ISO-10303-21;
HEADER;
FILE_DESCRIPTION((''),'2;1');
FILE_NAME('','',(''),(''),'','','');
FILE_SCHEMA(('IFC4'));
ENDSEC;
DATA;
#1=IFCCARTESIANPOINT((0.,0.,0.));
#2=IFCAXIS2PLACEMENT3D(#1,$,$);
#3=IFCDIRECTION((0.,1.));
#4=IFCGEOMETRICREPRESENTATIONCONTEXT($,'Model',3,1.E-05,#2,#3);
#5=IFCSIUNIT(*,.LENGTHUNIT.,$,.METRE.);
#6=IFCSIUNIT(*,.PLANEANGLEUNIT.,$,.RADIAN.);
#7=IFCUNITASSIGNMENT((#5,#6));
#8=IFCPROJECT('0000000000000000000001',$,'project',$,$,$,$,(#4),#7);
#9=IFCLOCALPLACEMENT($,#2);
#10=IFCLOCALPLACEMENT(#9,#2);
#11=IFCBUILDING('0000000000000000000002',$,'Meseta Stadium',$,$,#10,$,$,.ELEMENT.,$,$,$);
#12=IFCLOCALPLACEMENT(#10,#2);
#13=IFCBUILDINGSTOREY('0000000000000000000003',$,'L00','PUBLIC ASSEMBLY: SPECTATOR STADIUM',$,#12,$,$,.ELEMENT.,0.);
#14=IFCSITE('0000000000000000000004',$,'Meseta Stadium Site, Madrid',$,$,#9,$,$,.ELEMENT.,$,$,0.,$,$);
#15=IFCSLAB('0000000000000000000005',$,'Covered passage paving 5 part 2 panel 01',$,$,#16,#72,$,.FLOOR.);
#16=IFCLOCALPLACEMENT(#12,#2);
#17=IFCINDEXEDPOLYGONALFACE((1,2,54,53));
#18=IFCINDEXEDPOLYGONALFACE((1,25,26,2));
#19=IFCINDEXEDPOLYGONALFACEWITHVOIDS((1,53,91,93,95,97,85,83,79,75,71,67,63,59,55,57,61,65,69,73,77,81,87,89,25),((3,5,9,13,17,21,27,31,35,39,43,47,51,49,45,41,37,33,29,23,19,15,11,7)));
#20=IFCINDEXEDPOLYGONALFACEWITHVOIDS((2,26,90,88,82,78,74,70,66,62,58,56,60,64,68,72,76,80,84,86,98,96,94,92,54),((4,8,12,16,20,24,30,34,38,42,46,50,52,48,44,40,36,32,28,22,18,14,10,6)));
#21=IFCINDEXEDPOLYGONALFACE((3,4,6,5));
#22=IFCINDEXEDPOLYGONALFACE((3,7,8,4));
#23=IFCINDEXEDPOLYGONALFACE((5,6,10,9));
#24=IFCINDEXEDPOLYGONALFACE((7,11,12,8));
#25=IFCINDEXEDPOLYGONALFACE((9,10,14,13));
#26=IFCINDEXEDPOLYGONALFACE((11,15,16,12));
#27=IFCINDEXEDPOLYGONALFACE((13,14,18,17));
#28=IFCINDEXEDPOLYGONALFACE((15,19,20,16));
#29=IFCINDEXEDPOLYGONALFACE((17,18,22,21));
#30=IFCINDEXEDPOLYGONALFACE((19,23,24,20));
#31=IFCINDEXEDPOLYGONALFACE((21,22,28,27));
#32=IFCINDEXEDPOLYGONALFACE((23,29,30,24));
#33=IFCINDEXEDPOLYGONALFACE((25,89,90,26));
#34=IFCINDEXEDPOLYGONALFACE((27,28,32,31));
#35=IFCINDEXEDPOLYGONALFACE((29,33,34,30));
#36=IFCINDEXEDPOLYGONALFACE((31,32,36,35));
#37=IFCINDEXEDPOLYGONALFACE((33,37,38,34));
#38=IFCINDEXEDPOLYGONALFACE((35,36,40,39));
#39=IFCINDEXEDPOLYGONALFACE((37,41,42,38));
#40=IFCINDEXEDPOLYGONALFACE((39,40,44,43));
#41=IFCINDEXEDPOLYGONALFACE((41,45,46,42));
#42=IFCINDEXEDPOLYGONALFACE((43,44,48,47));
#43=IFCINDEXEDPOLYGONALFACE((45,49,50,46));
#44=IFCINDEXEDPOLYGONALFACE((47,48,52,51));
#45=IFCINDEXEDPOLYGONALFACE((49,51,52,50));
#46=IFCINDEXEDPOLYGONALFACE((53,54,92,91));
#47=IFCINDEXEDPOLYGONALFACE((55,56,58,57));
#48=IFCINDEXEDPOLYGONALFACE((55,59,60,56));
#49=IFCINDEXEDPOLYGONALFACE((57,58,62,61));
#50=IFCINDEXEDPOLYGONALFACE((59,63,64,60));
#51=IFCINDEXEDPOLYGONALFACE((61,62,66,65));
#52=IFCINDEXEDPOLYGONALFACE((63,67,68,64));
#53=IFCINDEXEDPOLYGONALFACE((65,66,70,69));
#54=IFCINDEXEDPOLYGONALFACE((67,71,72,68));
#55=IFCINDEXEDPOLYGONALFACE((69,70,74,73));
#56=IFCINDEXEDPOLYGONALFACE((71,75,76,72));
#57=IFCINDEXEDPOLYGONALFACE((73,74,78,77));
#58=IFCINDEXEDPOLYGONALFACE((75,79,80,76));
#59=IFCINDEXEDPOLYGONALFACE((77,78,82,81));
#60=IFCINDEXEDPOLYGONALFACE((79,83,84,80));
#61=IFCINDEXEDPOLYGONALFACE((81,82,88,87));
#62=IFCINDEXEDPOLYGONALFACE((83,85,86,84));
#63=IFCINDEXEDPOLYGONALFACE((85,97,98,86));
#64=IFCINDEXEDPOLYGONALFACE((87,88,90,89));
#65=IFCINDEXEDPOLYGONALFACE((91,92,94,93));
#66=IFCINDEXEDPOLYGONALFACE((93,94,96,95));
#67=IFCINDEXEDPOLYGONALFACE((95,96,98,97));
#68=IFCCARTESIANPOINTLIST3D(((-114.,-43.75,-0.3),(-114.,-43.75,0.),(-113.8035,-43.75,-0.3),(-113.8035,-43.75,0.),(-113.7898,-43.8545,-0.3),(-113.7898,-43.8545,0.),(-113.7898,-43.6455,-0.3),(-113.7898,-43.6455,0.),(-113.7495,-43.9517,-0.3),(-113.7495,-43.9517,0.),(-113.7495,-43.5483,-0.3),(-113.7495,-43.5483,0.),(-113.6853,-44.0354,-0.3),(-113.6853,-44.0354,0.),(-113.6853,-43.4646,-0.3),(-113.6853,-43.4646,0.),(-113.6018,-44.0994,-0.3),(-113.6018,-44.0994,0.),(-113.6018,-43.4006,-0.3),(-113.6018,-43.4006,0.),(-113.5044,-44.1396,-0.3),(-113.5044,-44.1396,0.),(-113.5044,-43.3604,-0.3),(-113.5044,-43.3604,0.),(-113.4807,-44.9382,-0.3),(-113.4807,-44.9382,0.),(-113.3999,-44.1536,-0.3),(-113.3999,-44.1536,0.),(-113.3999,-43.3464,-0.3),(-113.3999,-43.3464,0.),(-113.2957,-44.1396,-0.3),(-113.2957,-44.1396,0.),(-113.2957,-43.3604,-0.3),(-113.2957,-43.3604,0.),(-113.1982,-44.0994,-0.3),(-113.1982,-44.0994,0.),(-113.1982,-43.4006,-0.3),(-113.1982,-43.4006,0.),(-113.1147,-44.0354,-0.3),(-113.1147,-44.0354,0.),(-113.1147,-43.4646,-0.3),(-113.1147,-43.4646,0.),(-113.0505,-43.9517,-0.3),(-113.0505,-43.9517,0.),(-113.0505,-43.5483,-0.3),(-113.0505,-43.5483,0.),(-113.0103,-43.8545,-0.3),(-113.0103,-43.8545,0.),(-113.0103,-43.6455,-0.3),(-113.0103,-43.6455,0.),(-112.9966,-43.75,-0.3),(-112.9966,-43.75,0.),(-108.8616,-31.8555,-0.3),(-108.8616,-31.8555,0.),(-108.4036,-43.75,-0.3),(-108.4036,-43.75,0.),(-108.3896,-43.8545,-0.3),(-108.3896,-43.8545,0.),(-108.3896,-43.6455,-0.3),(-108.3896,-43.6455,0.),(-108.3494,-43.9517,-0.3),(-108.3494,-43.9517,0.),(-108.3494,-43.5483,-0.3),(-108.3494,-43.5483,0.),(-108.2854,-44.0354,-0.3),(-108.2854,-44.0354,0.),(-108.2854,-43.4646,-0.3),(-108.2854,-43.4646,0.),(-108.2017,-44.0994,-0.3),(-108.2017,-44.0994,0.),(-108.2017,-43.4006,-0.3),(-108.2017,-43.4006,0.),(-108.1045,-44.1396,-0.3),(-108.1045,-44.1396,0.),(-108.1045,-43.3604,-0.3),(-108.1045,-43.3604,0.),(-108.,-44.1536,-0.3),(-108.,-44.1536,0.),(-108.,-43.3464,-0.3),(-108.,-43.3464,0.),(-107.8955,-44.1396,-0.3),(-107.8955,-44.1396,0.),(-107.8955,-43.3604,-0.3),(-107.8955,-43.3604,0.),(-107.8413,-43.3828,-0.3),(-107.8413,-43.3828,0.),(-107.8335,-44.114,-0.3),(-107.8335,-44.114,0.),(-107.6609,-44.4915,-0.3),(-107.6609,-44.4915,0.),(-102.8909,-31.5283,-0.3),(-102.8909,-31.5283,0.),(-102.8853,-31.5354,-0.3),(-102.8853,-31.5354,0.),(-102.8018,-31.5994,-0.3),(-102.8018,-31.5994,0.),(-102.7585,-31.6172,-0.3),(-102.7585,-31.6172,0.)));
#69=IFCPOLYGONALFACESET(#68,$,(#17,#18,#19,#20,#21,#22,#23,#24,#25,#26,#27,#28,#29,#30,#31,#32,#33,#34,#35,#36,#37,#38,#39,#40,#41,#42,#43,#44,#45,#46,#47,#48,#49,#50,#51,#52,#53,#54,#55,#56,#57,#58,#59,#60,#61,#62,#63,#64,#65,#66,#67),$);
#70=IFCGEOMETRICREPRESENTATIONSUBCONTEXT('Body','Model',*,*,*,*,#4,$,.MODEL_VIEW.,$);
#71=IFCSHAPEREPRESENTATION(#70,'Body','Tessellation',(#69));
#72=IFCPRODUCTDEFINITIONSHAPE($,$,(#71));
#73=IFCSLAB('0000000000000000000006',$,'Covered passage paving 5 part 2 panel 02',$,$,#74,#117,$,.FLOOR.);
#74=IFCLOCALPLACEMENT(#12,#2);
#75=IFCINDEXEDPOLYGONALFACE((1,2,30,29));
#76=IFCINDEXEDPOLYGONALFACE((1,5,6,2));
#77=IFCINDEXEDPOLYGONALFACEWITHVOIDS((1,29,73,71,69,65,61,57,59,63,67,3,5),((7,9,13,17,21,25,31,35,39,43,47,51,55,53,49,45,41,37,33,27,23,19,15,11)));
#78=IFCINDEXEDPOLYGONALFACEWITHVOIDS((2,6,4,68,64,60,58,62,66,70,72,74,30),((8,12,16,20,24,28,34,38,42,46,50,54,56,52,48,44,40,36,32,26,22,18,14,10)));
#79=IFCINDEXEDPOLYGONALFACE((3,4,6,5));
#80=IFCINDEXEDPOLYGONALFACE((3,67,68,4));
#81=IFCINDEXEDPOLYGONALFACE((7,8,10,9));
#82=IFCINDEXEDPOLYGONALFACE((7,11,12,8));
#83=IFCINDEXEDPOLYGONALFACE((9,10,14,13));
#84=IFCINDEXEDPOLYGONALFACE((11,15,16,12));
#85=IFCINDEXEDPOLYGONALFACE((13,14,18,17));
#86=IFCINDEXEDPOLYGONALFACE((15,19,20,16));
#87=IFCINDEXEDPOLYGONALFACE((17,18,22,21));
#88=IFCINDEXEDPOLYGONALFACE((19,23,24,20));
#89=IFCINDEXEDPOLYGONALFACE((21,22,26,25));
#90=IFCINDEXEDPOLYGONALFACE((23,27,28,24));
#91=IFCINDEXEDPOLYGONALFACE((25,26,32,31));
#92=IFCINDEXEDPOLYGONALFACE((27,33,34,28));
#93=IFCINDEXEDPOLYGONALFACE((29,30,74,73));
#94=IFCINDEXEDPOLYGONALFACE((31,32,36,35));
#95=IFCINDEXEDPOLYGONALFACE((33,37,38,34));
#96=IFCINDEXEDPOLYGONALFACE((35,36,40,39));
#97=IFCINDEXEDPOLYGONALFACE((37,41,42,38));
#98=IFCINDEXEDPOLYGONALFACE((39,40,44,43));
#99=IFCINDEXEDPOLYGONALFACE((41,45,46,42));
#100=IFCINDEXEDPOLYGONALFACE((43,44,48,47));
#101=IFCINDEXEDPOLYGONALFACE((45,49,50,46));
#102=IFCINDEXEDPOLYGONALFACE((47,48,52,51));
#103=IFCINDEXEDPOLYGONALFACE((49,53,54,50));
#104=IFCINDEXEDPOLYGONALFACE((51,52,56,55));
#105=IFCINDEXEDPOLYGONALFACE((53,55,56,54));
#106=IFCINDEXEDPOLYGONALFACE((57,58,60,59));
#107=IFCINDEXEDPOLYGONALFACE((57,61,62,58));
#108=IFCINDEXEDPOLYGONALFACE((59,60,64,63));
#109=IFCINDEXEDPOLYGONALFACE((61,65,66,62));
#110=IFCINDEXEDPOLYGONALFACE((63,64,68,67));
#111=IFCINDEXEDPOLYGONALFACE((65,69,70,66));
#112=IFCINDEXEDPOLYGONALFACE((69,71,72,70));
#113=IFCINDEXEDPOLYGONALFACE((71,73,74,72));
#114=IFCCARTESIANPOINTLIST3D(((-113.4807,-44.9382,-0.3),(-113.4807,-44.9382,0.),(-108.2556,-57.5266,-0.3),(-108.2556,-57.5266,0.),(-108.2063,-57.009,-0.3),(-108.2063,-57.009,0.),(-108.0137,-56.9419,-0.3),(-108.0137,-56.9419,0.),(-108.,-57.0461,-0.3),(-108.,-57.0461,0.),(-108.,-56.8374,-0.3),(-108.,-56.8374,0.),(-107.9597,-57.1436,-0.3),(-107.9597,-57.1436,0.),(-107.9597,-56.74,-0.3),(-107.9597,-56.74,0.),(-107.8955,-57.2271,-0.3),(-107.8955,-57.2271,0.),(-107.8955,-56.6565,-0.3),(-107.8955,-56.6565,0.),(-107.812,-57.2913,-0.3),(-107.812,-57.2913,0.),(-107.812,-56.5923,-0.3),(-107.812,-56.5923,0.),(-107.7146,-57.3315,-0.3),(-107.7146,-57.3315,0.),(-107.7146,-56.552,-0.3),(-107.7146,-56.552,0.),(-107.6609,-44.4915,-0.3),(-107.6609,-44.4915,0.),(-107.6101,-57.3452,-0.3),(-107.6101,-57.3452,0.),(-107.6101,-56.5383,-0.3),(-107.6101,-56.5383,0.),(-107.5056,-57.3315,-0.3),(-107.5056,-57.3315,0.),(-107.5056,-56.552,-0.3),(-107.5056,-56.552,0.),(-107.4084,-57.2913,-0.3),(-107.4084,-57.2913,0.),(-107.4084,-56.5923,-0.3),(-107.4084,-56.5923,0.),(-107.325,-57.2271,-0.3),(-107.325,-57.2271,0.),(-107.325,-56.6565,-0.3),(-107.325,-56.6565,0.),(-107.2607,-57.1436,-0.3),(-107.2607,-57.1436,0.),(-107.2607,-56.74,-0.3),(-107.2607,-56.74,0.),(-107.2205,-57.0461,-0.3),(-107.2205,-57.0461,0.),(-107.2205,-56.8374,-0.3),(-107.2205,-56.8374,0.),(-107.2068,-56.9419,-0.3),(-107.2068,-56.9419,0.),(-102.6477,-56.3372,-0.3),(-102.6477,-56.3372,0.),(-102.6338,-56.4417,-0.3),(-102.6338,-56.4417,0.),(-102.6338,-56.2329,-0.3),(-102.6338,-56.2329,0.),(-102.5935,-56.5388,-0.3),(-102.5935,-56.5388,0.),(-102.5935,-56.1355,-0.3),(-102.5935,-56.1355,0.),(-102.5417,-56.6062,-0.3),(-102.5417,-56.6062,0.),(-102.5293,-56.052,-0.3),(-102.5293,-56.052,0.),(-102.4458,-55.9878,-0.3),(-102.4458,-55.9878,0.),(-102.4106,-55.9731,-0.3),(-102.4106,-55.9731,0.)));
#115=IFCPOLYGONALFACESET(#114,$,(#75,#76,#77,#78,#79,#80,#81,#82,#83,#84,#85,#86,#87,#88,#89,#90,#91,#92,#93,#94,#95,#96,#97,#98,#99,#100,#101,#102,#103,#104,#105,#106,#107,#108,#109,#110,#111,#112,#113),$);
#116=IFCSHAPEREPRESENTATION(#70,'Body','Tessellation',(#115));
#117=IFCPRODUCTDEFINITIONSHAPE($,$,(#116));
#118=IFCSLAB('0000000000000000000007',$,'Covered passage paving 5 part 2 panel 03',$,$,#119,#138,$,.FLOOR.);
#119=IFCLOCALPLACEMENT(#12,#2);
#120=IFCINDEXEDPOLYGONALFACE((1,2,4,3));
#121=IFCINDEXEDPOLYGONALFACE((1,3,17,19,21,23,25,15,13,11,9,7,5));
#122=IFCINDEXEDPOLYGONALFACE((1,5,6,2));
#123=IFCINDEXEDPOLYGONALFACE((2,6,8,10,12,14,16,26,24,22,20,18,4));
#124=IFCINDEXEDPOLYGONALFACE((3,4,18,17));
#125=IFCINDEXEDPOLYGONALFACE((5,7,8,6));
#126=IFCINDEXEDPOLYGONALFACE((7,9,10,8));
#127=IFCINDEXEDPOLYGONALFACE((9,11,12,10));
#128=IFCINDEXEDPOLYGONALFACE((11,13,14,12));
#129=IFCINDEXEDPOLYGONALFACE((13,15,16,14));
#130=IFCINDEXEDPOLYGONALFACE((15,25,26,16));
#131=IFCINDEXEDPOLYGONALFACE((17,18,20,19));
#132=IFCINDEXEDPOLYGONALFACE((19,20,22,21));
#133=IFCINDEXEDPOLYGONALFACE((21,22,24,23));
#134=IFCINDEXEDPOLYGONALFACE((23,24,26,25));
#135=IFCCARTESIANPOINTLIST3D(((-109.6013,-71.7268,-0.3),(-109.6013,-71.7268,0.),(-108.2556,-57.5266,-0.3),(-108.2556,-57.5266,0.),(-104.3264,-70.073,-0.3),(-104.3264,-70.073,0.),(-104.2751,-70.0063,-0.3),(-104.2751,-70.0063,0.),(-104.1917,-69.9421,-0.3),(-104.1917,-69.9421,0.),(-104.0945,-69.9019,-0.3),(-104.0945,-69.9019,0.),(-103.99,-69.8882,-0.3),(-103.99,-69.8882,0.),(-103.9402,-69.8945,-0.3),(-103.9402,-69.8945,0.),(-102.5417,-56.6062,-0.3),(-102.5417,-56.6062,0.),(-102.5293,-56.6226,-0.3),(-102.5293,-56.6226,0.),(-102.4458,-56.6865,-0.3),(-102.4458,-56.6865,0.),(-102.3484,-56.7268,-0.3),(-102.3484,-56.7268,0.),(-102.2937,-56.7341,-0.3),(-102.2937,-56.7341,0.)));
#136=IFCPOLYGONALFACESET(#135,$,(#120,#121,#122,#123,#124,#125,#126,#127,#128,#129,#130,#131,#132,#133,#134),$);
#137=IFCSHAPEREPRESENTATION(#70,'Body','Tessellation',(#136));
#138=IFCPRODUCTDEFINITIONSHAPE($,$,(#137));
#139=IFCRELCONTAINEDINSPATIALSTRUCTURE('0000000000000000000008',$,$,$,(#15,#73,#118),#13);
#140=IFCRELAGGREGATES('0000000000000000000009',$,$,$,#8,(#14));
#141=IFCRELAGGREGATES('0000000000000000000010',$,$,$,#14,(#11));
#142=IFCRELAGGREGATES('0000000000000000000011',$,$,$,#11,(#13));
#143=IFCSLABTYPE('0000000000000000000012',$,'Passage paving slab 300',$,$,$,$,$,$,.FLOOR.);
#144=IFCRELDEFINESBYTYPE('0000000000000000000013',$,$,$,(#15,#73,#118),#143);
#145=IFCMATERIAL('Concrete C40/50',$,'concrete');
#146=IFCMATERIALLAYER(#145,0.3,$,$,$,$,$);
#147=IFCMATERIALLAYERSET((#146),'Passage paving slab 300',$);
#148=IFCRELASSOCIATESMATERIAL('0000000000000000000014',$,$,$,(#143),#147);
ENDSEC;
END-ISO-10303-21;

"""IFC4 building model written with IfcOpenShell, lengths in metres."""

from ifc_helpers import new_model, si_unit, direction, frame, origin, place, context, subcontext, project, spatial, polyline, outline, extrude, material, layer, layer_set, type_object, element, save


model = new_model("IFC4")

# Units and contexts
model_context = context("Model", 3, precision=1e-05, world=origin(), true_north=direction((0.0, 1.0)))
body_context = subcontext(model_context, "Body", "Model", "MODEL_VIEW")
ifc_project = project(units=[si_unit("LENGTHUNIT", "METRE"), si_unit("PLANEANGLEUNIT", "RADIAN")], contexts=[model_context])

# Site, building, storey
site_placement = place(None, origin())
site = spatial("IfcSite", under=ifc_project, at=site_placement, Name="Meseta Stadium Site, Madrid", CompositionType="ELEMENT", RefElevation=0.0)
building_placement = place(site_placement, origin())
building = spatial("IfcBuilding", under=site, at=building_placement, Name="Meseta Stadium", CompositionType="ELEMENT")
storey_placement = place(building_placement, origin())
storey = spatial("IfcBuildingStorey", under=building, at=storey_placement, Name="L00", Description="PUBLIC ASSEMBLY: SPECTATOR STADIUM", CompositionType="ELEMENT", Elevation=0.0)

# Slabs
ifc_material_1 = material(Name="Concrete C40/50", Category="concrete")
ifc_layer_1 = layer(ifc_material_1, 0.3)
ifc_layer_set_1 = layer_set([ifc_layer_1], Name="Passage paving slab 300")
slab_type_1 = type_object("IfcSlabType", Name="Passage paving slab 300", PredefinedType="FLOOR", material=ifc_layer_set_1)
slab_1_placement = place(storey_placement, frame((0.0, 0.0, -0.3)))
element("IfcSlab", 1, at=slab_1_placement, inside=storey, type_object=slab_type_1, Name="Covered passage paving 5 part 2 panel 01", PredefinedType="FLOOR", context=body_context, shape_type="SweptSolid", body=[
    extrude(outline(polyline([(-108.8616, -31.8555), (-114.0, -43.75), (-113.4807, -44.9382), (-107.6609, -44.4915), (-107.8335, -44.114), (-107.8955, -44.1396), (-108.0, -44.1536), (-108.1045, -44.1396), (-108.2017, -44.0994), (-108.2854, -44.0354), (-108.3494, -43.9517), (-108.3896, -43.8545), (-108.4036, -43.75), (-108.3896, -43.6455), (-108.3494, -43.5483), (-108.2854, -43.4646), (-108.2017, -43.4006), (-108.1045, -43.3604), (-108.0, -43.3464), (-107.8955, -43.3604), (-107.8413, -43.3828), (-102.7585, -31.6172), (-102.8018, -31.5994), (-102.8853, -31.5354), (-102.8909, -31.5283), (-108.8616, -31.8555)]), holes=[polyline([(-113.3999, -44.1536), (-113.5044, -44.1396), (-113.6018, -44.0994), (-113.6853, -44.0354), (-113.7495, -43.9517), (-113.7898, -43.8545), (-113.8035, -43.75), (-113.7898, -43.6455), (-113.7495, -43.5483), (-113.6853, -43.4646), (-113.6018, -43.4006), (-113.5044, -43.3604), (-113.3999, -43.3464), (-113.2957, -43.3604), (-113.1982, -43.4006), (-113.1147, -43.4646), (-113.0505, -43.5483), (-113.0103, -43.6455), (-112.9966, -43.75), (-113.0103, -43.8545), (-113.0505, -43.9517), (-113.1147, -44.0354), (-113.1982, -44.0994), (-113.2957, -44.1396), (-113.3999, -44.1536)])]), origin(), (0.0, 0.0, 1.0), 0.3),
])
slab_2_placement = place(storey_placement, frame((0.0, 0.0, -0.3)))
element("IfcSlab", 2, at=slab_2_placement, inside=storey, type_object=slab_type_1, Name="Covered passage paving 5 part 2 panel 02", PredefinedType="FLOOR", context=body_context, shape_type="SweptSolid", body=[
    extrude(outline(polyline([(-113.4807, -44.9382), (-108.2063, -57.009), (-108.2556, -57.5266), (-102.5417, -56.6062), (-102.5935, -56.5388), (-102.6338, -56.4417), (-102.6477, -56.3372), (-102.6338, -56.2329), (-102.5935, -56.1355), (-102.5293, -56.052), (-102.4458, -55.9878), (-102.4106, -55.9731), (-107.6609, -44.4915), (-113.4807, -44.9382)]), holes=[polyline([(-107.5056, -57.3315), (-107.6101, -57.3452), (-107.7146, -57.3315), (-107.812, -57.2913), (-107.8955, -57.2271), (-107.9597, -57.1436), (-108.0, -57.0461), (-108.0137, -56.9419), (-108.0, -56.8374), (-107.9597, -56.74), (-107.8955, -56.6565), (-107.812, -56.5923), (-107.7146, -56.552), (-107.6101, -56.5383), (-107.5056, -56.552), (-107.4084, -56.5923), (-107.325, -56.6565), (-107.2607, -56.74), (-107.2205, -56.8374), (-107.2068, -56.9419), (-107.2205, -57.0461), (-107.2607, -57.1436), (-107.325, -57.2271), (-107.4084, -57.2913), (-107.5056, -57.3315)])]), origin(), (0.0, 0.0, 1.0), 0.3),
])
slab_3_placement = place(storey_placement, frame((0.0, 0.0, -0.3)))
element("IfcSlab", 3, at=slab_3_placement, inside=storey, type_object=slab_type_1, Name="Covered passage paving 5 part 2 panel 03", PredefinedType="FLOOR", context=body_context, shape_type="SweptSolid", body=[
    extrude(outline(polyline([(-102.5417, -56.6062), (-108.2556, -57.5266), (-109.6013, -71.7268), (-104.3264, -70.073), (-104.2751, -70.0063), (-104.1917, -69.9421), (-104.0945, -69.9019), (-103.99, -69.8882), (-103.9402, -69.8945), (-102.2937, -56.7341), (-102.3484, -56.7268), (-102.4458, -56.6865), (-102.5293, -56.6226), (-102.5417, -56.6062)])), origin(), (0.0, 0.0, 1.0), 0.3),
])

save(model, "model.ifc")
